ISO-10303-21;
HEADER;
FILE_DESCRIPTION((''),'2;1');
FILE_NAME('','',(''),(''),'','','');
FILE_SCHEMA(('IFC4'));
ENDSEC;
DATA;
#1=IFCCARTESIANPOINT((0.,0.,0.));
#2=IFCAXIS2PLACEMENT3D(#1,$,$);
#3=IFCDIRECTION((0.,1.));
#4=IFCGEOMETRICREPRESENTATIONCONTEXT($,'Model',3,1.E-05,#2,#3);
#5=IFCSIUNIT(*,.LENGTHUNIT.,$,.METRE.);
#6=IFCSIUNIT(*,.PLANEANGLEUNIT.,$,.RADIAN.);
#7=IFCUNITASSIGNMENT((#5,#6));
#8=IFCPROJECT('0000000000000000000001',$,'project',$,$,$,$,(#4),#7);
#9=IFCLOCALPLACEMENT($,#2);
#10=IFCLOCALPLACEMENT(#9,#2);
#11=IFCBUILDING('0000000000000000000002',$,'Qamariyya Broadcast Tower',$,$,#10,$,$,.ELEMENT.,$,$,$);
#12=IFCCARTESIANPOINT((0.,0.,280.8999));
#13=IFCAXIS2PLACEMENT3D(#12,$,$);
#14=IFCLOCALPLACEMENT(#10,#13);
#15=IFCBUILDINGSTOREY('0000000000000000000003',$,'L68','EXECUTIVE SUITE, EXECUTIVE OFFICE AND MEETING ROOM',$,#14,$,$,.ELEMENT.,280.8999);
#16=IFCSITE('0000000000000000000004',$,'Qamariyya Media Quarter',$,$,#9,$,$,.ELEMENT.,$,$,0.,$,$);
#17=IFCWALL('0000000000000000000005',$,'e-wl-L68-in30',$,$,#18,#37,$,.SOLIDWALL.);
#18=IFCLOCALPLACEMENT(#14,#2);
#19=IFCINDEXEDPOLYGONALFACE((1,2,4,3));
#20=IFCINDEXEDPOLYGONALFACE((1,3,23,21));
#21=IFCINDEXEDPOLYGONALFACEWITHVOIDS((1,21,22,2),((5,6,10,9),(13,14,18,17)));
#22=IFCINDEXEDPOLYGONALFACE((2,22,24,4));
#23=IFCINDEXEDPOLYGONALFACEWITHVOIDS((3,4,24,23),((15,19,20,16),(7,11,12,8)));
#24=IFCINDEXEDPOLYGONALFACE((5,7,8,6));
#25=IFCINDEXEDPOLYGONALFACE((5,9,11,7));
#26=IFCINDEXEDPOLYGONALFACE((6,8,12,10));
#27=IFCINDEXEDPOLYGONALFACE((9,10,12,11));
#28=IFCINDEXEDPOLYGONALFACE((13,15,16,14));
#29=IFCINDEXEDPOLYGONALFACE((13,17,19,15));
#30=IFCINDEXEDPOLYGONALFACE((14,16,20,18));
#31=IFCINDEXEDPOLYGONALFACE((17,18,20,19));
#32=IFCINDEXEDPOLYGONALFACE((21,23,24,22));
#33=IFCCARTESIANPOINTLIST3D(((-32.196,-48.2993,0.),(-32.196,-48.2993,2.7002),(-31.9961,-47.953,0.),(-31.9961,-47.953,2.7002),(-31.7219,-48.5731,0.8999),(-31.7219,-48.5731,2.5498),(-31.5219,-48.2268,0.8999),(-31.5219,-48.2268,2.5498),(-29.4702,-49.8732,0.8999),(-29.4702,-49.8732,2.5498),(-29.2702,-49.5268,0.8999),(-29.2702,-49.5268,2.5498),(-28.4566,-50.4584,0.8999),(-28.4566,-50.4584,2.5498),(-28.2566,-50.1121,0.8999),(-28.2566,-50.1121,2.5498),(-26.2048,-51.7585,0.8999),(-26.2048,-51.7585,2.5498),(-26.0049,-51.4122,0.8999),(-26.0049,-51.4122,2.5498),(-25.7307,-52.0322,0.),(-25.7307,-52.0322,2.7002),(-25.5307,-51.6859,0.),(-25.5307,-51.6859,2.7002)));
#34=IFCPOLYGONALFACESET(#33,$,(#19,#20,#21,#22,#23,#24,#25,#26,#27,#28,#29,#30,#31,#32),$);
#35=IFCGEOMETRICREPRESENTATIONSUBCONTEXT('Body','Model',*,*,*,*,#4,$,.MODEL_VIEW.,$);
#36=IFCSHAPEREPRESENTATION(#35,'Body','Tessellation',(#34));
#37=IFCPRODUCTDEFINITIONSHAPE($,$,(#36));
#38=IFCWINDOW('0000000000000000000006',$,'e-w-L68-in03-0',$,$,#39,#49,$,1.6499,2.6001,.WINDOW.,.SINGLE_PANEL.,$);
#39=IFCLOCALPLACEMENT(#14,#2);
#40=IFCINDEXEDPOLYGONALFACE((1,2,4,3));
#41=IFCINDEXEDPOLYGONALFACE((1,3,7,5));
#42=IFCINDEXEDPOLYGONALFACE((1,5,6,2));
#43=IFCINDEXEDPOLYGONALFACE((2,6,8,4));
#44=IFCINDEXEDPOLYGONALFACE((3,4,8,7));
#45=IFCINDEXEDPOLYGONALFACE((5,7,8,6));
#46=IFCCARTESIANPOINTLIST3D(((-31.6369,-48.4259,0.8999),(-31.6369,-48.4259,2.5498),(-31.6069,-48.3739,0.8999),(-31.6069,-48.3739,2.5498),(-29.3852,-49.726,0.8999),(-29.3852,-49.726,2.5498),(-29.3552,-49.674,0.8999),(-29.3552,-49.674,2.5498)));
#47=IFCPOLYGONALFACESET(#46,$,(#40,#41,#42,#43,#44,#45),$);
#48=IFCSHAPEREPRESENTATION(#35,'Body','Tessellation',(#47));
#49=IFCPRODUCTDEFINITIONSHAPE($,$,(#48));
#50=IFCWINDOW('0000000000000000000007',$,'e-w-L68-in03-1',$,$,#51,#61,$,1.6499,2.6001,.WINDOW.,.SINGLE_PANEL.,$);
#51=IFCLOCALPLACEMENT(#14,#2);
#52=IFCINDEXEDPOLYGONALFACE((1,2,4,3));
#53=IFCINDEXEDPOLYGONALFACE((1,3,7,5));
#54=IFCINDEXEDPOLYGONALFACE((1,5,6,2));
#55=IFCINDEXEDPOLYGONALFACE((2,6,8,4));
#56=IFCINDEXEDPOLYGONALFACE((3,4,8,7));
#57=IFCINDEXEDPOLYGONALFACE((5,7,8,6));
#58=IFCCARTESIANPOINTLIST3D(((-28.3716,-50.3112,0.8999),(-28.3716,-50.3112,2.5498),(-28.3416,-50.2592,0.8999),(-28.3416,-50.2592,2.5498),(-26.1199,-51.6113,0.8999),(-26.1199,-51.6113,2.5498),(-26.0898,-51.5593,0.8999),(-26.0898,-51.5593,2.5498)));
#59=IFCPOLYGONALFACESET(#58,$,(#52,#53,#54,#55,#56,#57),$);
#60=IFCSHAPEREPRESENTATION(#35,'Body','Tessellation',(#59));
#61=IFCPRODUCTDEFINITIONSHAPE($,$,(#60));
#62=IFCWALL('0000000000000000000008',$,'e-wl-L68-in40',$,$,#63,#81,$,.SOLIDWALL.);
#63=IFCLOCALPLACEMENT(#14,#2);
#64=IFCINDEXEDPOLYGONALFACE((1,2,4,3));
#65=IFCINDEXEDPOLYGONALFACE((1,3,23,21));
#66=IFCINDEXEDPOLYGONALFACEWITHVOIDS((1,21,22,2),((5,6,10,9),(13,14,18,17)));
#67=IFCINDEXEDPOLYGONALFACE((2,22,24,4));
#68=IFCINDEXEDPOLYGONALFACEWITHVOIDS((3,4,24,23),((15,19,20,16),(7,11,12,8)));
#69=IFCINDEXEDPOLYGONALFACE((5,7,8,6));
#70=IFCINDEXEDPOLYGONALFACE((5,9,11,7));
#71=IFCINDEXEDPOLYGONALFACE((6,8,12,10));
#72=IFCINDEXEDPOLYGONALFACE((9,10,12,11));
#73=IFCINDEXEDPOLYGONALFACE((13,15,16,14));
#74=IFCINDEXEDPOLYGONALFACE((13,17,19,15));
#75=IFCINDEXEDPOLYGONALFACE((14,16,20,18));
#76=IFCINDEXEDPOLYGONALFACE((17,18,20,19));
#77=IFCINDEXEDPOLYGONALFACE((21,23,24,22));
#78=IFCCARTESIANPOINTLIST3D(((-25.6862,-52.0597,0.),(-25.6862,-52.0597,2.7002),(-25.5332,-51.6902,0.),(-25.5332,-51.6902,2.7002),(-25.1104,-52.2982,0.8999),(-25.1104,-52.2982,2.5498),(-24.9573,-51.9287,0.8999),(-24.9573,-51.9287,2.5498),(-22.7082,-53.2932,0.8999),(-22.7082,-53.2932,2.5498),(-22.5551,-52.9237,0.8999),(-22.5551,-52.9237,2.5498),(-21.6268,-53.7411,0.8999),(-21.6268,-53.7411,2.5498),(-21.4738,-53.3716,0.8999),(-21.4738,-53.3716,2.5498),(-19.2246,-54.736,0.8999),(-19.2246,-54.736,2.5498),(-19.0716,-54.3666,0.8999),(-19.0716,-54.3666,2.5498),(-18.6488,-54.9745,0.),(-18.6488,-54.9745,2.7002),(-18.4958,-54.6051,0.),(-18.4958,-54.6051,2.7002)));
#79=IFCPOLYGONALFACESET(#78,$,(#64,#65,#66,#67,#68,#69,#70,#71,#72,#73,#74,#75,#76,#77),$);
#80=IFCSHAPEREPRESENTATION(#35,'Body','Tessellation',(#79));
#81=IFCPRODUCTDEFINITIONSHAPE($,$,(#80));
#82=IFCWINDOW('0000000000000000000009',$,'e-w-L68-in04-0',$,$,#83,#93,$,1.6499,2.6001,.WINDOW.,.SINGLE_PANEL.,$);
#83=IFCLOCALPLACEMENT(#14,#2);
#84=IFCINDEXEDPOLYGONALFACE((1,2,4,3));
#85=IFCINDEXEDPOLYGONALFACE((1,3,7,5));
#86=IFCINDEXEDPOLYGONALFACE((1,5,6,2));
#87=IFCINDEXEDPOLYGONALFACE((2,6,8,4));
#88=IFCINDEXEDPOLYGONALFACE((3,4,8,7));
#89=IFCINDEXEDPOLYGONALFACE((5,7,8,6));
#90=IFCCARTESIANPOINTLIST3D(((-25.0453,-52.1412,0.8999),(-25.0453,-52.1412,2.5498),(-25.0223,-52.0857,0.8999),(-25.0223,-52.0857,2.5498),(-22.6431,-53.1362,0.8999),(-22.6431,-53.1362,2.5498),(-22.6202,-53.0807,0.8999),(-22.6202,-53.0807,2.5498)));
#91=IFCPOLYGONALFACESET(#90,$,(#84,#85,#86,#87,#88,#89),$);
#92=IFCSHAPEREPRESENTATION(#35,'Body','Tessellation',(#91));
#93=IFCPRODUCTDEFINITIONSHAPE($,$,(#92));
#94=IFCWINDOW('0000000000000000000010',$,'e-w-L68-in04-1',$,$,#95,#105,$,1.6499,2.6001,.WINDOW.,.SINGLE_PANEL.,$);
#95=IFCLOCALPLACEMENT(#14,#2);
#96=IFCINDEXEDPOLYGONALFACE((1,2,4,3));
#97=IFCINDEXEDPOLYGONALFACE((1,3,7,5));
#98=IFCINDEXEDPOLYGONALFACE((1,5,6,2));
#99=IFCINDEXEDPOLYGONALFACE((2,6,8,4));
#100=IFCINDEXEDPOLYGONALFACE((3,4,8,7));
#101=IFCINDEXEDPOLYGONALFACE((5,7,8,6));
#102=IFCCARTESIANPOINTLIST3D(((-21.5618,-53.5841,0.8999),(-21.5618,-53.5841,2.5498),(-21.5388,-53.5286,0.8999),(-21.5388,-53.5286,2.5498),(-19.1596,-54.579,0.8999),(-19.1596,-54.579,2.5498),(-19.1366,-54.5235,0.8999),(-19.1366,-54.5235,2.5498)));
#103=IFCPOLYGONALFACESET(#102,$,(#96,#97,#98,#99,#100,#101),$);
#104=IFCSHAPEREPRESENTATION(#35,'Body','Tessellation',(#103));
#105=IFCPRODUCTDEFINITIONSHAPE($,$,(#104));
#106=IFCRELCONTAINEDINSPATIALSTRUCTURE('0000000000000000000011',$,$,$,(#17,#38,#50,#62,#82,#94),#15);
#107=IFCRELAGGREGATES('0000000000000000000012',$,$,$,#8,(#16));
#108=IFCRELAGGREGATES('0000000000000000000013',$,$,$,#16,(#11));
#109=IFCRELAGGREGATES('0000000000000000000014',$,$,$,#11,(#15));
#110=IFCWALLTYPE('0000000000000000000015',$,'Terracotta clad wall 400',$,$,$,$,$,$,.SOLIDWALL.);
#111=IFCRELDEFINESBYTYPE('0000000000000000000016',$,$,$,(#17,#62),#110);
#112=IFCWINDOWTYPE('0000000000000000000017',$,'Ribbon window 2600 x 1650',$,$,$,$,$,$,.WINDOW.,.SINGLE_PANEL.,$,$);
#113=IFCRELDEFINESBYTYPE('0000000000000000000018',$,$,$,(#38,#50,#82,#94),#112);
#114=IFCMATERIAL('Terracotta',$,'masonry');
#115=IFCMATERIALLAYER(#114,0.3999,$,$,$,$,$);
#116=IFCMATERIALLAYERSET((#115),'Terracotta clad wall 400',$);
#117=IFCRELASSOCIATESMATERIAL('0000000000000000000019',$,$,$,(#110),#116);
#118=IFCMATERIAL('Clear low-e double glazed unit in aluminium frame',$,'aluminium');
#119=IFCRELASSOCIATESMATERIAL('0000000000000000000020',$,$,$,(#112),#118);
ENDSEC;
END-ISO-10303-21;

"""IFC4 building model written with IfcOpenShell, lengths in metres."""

from ifc_helpers import new_model, si_unit, direction, frame, frame_2d, origin, place, context, subcontext, project, spatial, rectangle, extrude, material, layer, layer_set, type_object, element, fill, save


model = new_model("IFC4")

# Units and contexts
model_context = context("Model", 3, precision=1e-05, world=origin(), true_north=direction((0.0, 1.0)))
body_context = subcontext(model_context, "Body", "Model", "MODEL_VIEW")
ifc_project = project(units=[si_unit("LENGTHUNIT", "METRE"), si_unit("PLANEANGLEUNIT", "RADIAN")], contexts=[model_context])

# Site, building, storey
site_placement = place(None, origin())
site = spatial("IfcSite", under=ifc_project, at=site_placement, Name="Qamariyya Media Quarter", CompositionType="ELEMENT", RefElevation=0.0)
building_placement = place(site_placement, origin())
building = spatial("IfcBuilding", under=site, at=building_placement, Name="Qamariyya Broadcast Tower", CompositionType="ELEMENT")
storey_placement = place(building_placement, frame((0.0, 0.0, 280.8999)))
storey = spatial("IfcBuildingStorey", under=building, at=storey_placement, Name="L68", Description="EXECUTIVE SUITE, EXECUTIVE OFFICE AND MEETING ROOM", CompositionType="ELEMENT", Elevation=280.8999)

# Walls, openings, windows
ifc_material_1 = material(Name="Terracotta", Category="masonry")
ifc_layer_1 = layer(ifc_material_1, 0.3999)
ifc_layer_set_1 = layer_set([ifc_layer_1], Name="Terracotta clad wall 400")
wall_type_1 = type_object("IfcWallType", Name="Terracotta clad wall 400", PredefinedType="SOLIDWALL", material=ifc_layer_set_1)
ifc_material_2 = material(Name="Clear low-e double glazed unit in aluminium frame", Category="aluminium")
window_type = type_object("IfcWindowType", Name="Ribbon window 2600 x 1650", PartitioningType="SINGLE_PANEL", PredefinedType="WINDOW", material=ifc_material_2)
wall_1_placement = place(storey_placement, frame((-25.6306, -51.8591, 0.0), z_axis=(0.0, 0.0, 1.0), x_axis=(-0.866017, 0.500015, 0.0)))
wall_1 = element("IfcWall", 1, at=wall_1_placement, inside=storey, type_object=wall_type_1, Name="e-wl-L68-in30", PredefinedType="SOLIDWALL", context=body_context, shape_type="SweptSolid", body=[
    extrude(rectangle(XDim=7.4656, YDim=0.3999, at=frame_2d((3.7329, 0.0))), origin(), (0.0, 0.0, 1.0), 2.7002),
])
opening_1_placement = place(wall_1_placement, frame((4.3181, 0.0, 0.8999)))
opening_1 = element("IfcOpeningElement", 2, at=opening_1_placement, cuts=wall_1, PredefinedType="OPENING", context=body_context, shape_type="SweptSolid", body=[
    extrude(rectangle(XDim=2.6001, YDim=1.6499, at=frame_2d((1.3, 0.825))), frame((0.0, 0.21, 0.0), z_axis=(0.0, -1.0, 0.0), x_axis=(1.0, 0.0, 0.0)), (0.0, 0.0, 1.0), 0.4199),
])
opening_2_placement = place(wall_1_placement, frame((0.5476, 0.0, 0.8999)))
opening_2 = element("IfcOpeningElement", 3, at=opening_2_placement, cuts=wall_1, PredefinedType="OPENING", context=body_context, shape_type="SweptSolid", body=[
    extrude(rectangle(XDim=2.6001, YDim=1.6499, at=frame_2d((1.3, 0.825))), frame((0.0, 0.21, 0.0), z_axis=(0.0, -1.0, 0.0), x_axis=(1.0, 0.0, 0.0)), (0.0, 0.0, 1.0), 0.4199),
])
window_1_placement = place(opening_1_placement, origin())
window_1 = element("IfcWindow", 4, at=window_1_placement, inside=storey, type_object=window_type, Name="e-w-L68-in03-0", OverallHeight=1.6499, OverallWidth=2.6001, PartitioningType="SINGLE_PANEL", PredefinedType="WINDOW", context=body_context, shape_type="SweptSolid", body=[
    extrude(rectangle(XDim=2.6001, YDim=1.6499, at=frame_2d((1.3, 0.825))), frame((0.0, 0.03, 0.0), z_axis=(0.0, -1.0, 0.0), x_axis=(1.0, 0.0, 0.0)), (0.0, 0.0, 1.0), 0.0601),
])
fill(opening_1, window_1)
window_2_placement = place(opening_2_placement, origin())
window_2 = element("IfcWindow", 5, at=window_2_placement, inside=storey, type_object=window_type, Name="e-w-L68-in03-1", OverallHeight=1.6499, OverallWidth=2.6001, PartitioningType="SINGLE_PANEL", PredefinedType="WINDOW", context=body_context, shape_type="SweptSolid", body=[
    extrude(rectangle(XDim=2.6001, YDim=1.6499, at=frame_2d((1.3, 0.825))), frame((0.0, 0.03, 0.0), z_axis=(0.0, -1.0, 0.0), x_axis=(1.0, 0.0, 0.0)), (0.0, 0.0, 1.0), 0.0601),
])
fill(opening_2, window_2)
wall_2_placement = place(storey_placement, frame((-18.5723, -54.7898, 0.0), z_axis=(0.0, 0.0, 1.0), x_axis=(-0.923888, 0.382664, 0.0)))
wall_2 = element("IfcWall", 6, at=wall_2_placement, inside=storey, type_object=wall_type_1, Name="e-wl-L68-in40", PredefinedType="SOLIDWALL", context=body_context, shape_type="SweptSolid", body=[
    extrude(rectangle(XDim=7.6172, YDim=0.3999, at=frame_2d((3.8086, 0.0))), origin(), (0.0, 0.0, 1.0), 2.7002),
])
opening_3_placement = place(wall_2_placement, frame((4.3938, 0.0, 0.8999)))
opening_3 = element("IfcOpeningElement", 7, at=opening_3_placement, cuts=wall_2, PredefinedType="OPENING", context=body_context, shape_type="SweptSolid", body=[
    extrude(rectangle(XDim=2.6001, YDim=1.6499, at=frame_2d((1.3, 0.825))), frame((0.0, 0.21, 0.0), z_axis=(0.0, -1.0, 0.0), x_axis=(1.0, 0.0, 0.0)), (0.0, 0.0, 1.0), 0.4199),
])
opening_4_placement = place(wall_2_placement, frame((0.6233, 0.0, 0.8999)))
opening_4 = element("IfcOpeningElement", 8, at=opening_4_placement, cuts=wall_2, PredefinedType="OPENING", context=body_context, shape_type="SweptSolid", body=[
    extrude(rectangle(XDim=2.6001, YDim=1.6499, at=frame_2d((1.3, 0.825))), frame((0.0, 0.21, 0.0), z_axis=(0.0, -1.0, 0.0), x_axis=(1.0, 0.0, 0.0)), (0.0, 0.0, 1.0), 0.4199),
])
window_3_placement = place(opening_3_placement, origin())
window_3 = element("IfcWindow", 9, at=window_3_placement, inside=storey, type_object=window_type, Name="e-w-L68-in04-0", OverallHeight=1.6499, OverallWidth=2.6001, PartitioningType="SINGLE_PANEL", PredefinedType="WINDOW", context=body_context, shape_type="SweptSolid", body=[
    extrude(rectangle(XDim=2.6001, YDim=1.6499, at=frame_2d((1.3, 0.825))), frame((0.0, 0.03, 0.0), z_axis=(0.0, -1.0, 0.0), x_axis=(1.0, 0.0, 0.0)), (0.0, 0.0, 1.0), 0.0601),
])
fill(opening_3, window_3)
window_4_placement = place(opening_4_placement, origin())
window_4 = element("IfcWindow", 10, at=window_4_placement, inside=storey, type_object=window_type, Name="e-w-L68-in04-1", OverallHeight=1.6499, OverallWidth=2.6001, PartitioningType="SINGLE_PANEL", PredefinedType="WINDOW", context=body_context, shape_type="SweptSolid", body=[
    extrude(rectangle(XDim=2.6001, YDim=1.6499, at=frame_2d((1.3, 0.825))), frame((0.0, 0.03, 0.0), z_axis=(0.0, -1.0, 0.0), x_axis=(1.0, 0.0, 0.0)), (0.0, 0.0, 1.0), 0.0601),
])
fill(opening_4, window_4)

save(model, "model.ifc")
